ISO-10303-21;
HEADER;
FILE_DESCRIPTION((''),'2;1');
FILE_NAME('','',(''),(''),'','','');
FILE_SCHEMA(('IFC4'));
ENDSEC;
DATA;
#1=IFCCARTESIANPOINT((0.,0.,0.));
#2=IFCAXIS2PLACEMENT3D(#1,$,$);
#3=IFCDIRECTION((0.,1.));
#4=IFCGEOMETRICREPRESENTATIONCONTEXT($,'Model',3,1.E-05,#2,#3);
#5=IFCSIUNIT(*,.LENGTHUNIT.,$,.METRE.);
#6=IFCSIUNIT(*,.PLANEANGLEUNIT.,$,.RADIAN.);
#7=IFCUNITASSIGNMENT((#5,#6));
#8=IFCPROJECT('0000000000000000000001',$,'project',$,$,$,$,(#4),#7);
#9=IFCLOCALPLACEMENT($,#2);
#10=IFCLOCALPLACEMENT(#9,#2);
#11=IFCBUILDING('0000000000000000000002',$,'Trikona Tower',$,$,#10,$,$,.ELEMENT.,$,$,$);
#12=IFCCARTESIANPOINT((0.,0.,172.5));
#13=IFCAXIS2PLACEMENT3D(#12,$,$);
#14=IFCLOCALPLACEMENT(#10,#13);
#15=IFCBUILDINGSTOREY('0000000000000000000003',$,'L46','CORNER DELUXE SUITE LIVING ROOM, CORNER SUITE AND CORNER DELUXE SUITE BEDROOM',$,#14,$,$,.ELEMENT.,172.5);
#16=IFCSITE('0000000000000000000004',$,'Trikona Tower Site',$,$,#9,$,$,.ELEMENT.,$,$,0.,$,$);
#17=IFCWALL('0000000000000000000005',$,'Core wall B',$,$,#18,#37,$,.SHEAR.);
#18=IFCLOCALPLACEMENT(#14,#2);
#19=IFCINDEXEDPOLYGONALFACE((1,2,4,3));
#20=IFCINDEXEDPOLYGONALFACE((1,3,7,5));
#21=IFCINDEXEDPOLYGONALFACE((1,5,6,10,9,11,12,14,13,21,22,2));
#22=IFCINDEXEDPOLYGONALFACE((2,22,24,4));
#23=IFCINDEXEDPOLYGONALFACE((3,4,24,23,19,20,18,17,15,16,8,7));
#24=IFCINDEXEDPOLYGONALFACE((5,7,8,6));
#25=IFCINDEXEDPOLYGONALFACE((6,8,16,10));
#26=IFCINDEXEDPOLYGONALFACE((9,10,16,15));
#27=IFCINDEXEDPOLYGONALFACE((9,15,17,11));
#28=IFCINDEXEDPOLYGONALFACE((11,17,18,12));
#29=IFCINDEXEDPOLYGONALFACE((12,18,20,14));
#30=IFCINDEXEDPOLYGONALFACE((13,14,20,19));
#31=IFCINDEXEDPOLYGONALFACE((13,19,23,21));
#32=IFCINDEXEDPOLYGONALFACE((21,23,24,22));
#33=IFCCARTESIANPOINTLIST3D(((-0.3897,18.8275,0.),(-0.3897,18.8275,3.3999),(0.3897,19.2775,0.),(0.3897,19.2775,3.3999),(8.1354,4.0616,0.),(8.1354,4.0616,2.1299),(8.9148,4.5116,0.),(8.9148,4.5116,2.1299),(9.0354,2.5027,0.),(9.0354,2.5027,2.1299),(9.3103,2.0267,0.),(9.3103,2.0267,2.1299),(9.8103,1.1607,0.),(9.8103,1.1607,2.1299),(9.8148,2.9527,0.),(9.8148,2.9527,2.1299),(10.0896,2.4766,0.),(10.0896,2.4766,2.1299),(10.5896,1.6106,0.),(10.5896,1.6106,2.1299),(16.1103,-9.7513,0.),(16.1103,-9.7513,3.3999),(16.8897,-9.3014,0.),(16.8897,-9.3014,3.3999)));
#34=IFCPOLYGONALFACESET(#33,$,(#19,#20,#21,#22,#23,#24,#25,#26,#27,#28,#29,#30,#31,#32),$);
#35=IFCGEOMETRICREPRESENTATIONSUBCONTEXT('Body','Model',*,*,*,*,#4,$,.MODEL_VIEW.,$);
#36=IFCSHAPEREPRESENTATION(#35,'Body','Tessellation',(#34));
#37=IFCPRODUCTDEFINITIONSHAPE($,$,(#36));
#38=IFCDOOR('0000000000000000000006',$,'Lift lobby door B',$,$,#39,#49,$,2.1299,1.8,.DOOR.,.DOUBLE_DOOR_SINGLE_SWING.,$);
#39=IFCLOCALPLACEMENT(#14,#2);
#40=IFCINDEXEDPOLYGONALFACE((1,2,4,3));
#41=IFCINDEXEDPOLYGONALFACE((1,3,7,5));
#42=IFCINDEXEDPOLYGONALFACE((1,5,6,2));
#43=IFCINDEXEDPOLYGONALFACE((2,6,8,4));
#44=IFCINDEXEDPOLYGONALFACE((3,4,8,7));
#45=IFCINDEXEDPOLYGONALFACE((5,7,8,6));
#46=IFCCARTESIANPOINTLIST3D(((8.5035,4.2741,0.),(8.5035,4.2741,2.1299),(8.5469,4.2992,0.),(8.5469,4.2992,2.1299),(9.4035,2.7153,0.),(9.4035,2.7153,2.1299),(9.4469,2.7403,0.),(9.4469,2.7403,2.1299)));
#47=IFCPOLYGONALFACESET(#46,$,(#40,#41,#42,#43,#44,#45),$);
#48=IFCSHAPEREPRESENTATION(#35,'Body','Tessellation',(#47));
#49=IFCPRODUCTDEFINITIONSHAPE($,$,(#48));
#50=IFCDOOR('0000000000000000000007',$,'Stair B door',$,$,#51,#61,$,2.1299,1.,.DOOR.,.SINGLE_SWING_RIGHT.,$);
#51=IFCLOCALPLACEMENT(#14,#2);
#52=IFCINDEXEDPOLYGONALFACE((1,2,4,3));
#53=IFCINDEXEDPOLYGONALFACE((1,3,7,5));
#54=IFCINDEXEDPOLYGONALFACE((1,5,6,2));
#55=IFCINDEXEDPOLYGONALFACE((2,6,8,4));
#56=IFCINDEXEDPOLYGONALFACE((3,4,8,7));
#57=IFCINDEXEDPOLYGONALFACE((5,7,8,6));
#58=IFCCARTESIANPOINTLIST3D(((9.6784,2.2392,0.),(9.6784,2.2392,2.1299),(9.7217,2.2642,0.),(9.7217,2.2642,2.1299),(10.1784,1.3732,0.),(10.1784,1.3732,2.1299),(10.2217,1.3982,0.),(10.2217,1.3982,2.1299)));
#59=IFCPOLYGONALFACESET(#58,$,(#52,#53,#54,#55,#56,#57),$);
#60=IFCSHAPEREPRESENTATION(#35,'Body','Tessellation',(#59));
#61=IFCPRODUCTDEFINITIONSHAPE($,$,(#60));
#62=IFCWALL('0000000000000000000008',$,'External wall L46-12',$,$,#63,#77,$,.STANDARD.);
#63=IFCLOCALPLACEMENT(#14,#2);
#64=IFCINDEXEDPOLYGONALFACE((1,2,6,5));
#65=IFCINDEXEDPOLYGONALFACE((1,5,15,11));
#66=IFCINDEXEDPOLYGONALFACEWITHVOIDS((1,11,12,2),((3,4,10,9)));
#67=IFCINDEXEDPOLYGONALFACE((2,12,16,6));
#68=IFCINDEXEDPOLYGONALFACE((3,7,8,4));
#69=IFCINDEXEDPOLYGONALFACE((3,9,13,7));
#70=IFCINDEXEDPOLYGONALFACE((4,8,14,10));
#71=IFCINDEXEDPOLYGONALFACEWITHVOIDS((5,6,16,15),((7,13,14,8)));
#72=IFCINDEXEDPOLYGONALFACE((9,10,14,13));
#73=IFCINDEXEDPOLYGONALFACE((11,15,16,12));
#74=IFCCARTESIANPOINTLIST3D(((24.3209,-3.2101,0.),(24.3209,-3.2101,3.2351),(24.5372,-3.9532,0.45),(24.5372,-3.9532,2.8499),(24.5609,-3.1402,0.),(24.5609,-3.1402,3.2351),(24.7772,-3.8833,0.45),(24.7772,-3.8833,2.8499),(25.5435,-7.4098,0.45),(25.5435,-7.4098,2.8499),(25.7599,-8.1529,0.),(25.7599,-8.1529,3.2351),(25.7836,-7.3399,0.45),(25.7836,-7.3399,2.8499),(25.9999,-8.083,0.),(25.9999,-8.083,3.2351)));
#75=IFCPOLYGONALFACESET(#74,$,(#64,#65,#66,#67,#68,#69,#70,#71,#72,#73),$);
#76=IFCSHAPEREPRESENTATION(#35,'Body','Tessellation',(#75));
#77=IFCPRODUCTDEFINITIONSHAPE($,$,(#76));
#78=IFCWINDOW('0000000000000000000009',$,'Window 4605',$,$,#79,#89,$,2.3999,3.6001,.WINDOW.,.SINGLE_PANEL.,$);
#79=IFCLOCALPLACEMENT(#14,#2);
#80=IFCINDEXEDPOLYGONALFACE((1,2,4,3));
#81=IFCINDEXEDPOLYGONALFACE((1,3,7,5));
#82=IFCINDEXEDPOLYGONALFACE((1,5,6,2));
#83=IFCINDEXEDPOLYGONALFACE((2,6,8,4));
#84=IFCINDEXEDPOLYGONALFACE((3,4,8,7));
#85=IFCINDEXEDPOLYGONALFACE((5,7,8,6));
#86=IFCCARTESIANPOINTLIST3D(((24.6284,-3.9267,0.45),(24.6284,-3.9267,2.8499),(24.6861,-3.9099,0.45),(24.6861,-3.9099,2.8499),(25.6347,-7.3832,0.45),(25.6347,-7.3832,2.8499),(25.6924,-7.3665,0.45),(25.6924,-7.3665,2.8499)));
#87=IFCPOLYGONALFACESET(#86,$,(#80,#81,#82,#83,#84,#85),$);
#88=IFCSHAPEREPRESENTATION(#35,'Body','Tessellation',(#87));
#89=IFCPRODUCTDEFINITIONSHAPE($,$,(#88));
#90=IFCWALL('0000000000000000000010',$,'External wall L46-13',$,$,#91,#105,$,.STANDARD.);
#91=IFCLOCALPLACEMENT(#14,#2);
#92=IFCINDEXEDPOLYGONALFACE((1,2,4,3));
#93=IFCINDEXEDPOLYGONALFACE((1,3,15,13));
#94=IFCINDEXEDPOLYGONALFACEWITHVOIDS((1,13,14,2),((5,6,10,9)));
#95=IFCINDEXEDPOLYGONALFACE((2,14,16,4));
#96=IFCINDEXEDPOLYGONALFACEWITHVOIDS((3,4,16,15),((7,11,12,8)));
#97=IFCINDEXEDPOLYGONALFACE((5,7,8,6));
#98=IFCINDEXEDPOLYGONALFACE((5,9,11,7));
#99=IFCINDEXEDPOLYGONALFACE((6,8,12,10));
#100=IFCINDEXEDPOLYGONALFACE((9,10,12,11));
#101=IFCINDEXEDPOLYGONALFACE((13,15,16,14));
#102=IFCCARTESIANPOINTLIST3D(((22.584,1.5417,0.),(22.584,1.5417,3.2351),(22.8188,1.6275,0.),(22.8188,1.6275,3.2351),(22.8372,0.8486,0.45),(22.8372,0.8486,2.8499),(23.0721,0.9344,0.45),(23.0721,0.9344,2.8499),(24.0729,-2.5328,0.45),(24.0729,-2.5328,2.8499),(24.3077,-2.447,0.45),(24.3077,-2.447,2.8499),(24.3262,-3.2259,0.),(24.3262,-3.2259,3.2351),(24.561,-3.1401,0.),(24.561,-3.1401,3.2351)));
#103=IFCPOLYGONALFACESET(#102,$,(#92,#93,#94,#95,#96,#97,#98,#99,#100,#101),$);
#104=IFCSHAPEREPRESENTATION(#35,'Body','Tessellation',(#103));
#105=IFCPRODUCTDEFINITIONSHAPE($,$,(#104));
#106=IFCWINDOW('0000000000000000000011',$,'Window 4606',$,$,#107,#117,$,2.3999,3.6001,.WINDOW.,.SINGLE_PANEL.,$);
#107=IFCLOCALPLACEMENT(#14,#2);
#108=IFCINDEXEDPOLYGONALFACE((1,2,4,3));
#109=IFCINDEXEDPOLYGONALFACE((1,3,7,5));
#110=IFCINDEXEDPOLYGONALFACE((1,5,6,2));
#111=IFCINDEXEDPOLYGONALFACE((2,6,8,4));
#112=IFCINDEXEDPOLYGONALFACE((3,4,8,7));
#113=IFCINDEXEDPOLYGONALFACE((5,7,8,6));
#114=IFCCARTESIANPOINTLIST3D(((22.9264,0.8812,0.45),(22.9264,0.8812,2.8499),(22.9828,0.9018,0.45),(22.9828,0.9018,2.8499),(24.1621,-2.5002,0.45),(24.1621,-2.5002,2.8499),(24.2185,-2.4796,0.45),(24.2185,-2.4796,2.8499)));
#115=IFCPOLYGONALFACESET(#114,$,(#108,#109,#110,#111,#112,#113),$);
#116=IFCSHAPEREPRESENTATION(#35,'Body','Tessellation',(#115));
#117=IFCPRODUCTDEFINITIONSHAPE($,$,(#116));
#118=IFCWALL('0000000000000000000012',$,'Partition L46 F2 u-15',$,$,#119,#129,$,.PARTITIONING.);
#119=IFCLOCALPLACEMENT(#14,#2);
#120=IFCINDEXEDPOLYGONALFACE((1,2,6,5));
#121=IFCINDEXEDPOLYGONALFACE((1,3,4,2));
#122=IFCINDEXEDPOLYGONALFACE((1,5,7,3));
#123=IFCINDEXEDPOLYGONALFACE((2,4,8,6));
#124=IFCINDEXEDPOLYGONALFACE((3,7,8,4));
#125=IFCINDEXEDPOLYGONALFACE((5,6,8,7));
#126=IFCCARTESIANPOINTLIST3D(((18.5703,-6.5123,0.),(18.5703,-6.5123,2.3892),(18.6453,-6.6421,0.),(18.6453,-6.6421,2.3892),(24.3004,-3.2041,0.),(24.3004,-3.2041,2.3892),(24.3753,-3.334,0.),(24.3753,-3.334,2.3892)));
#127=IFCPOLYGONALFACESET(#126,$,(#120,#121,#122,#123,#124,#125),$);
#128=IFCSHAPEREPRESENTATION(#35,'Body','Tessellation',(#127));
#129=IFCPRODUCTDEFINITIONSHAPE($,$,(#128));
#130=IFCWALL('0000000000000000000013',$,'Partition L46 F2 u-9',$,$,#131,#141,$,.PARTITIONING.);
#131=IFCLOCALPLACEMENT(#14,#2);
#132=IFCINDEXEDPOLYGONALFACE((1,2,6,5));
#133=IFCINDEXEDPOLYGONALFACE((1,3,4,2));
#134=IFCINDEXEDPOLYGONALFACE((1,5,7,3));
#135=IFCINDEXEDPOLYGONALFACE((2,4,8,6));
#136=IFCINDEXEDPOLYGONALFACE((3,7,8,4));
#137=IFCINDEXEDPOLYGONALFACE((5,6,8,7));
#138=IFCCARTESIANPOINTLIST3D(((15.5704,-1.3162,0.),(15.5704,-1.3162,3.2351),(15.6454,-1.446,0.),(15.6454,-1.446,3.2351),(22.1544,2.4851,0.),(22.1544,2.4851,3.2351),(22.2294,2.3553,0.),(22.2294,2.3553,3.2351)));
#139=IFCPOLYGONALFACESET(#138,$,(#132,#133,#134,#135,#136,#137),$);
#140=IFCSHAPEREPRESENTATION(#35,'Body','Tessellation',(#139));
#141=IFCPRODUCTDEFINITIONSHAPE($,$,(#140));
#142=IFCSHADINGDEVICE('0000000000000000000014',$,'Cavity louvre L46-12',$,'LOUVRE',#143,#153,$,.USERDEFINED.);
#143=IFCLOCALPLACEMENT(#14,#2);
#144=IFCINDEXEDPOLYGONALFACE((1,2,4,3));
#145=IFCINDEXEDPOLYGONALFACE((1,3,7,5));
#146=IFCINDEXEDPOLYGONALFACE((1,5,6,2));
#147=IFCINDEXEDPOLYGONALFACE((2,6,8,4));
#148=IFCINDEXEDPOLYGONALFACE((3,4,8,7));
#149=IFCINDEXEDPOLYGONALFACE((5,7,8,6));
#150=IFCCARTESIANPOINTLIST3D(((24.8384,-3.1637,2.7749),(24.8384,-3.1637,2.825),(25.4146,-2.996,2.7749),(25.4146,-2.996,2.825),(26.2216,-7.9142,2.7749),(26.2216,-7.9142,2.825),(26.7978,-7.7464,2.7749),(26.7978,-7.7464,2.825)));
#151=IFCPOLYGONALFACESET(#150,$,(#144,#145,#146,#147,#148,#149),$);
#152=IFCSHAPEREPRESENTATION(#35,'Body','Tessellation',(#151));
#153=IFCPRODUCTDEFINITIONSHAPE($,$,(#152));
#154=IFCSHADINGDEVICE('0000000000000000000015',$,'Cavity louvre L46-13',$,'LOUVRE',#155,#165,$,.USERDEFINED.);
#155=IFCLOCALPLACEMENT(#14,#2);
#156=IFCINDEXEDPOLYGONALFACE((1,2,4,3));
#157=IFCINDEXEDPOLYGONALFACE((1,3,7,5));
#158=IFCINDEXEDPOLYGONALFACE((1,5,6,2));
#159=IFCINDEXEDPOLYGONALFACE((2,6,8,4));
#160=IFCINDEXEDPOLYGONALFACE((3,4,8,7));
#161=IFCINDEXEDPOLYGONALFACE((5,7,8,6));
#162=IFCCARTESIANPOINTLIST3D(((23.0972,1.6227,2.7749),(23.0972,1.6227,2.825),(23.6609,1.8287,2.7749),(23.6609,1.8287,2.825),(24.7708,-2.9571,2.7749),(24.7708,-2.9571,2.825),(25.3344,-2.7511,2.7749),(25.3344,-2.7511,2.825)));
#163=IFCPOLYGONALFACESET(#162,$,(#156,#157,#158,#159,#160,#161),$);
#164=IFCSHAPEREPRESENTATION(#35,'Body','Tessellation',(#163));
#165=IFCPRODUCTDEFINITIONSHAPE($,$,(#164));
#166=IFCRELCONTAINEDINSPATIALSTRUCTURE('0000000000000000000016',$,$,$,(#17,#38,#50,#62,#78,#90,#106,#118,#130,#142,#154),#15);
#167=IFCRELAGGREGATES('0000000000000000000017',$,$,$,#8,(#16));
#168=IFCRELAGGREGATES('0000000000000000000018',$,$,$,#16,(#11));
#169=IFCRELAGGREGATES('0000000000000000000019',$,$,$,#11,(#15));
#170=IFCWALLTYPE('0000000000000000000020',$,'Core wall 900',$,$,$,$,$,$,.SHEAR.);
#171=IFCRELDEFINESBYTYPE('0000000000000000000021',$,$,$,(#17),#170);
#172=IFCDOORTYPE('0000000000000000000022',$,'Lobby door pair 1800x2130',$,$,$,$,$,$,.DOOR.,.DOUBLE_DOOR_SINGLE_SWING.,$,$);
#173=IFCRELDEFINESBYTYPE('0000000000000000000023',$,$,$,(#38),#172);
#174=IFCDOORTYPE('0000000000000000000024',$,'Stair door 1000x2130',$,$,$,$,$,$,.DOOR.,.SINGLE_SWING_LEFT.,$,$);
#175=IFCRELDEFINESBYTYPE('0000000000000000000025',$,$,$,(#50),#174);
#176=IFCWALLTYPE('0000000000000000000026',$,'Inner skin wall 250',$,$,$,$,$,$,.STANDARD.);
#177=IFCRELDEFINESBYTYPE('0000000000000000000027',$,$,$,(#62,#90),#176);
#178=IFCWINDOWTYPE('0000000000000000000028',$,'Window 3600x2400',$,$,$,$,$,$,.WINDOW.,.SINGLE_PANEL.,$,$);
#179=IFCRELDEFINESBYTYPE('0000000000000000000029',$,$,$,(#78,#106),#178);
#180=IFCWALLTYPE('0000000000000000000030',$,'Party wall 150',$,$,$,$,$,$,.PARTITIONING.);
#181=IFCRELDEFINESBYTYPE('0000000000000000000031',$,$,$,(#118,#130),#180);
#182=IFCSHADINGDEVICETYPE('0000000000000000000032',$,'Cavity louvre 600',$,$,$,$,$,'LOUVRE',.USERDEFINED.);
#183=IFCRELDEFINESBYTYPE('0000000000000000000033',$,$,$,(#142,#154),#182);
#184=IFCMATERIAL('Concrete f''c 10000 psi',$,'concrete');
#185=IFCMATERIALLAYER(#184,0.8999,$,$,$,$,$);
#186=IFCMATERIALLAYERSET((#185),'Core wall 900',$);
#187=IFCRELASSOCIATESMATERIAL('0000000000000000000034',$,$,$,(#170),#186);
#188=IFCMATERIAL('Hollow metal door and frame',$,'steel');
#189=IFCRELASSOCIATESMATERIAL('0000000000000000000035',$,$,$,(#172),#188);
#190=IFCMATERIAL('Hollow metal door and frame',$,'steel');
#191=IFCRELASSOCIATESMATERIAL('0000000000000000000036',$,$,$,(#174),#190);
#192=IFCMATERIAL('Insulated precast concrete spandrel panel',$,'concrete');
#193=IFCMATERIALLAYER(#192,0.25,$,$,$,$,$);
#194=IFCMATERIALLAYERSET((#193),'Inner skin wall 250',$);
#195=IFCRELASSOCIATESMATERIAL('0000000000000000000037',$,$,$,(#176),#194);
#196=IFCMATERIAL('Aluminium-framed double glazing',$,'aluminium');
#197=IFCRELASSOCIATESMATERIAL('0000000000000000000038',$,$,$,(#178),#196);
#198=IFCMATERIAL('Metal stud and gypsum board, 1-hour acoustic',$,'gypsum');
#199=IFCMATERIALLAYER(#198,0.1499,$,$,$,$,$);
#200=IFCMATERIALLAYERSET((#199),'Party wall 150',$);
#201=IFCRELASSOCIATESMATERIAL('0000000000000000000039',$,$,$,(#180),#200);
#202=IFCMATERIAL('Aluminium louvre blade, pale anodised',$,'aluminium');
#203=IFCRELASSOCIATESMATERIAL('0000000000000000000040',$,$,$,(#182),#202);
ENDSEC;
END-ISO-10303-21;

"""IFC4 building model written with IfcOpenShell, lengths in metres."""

from ifc_helpers import new_model, si_unit, direction, frame, frame_2d, origin, origin_2d, place, context, subcontext, project, spatial, rectangle, extrude, material, layer, layer_set, type_object, element, fill, save


model = new_model("IFC4")

# Units and contexts
model_context = context("Model", 3, precision=1e-05, world=origin(), true_north=direction((0.0, 1.0)))
body_context = subcontext(model_context, "Body", "Model", "MODEL_VIEW")
ifc_project = project(units=[si_unit("LENGTHUNIT", "METRE"), si_unit("PLANEANGLEUNIT", "RADIAN")], contexts=[model_context])

# Site, building, storey
site_placement = place(None, origin())
site = spatial("IfcSite", under=ifc_project, at=site_placement, Name="Trikona Tower Site", CompositionType="ELEMENT", RefElevation=0.0)
building_placement = place(site_placement, origin())
building = spatial("IfcBuilding", under=site, at=building_placement, Name="Trikona Tower", CompositionType="ELEMENT")
storey_placement = place(building_placement, frame((0.0, 0.0, 172.5)))
storey = spatial("IfcBuildingStorey", under=building, at=storey_placement, Name="L46", Description="CORNER DELUXE SUITE LIVING ROOM, CORNER SUITE AND CORNER DELUXE SUITE BEDROOM", CompositionType="ELEMENT", Elevation=172.5)

# Wall, openings, doors
ifc_material_1 = material(Name="Concrete f'c 10000 psi", Category="concrete")
ifc_layer_1 = layer(ifc_material_1, 0.8999)
ifc_layer_set_1 = layer_set([ifc_layer_1], Name="Core wall 900")
wall_type_1 = type_object("IfcWallType", Name="Core wall 900", PredefinedType="SHEAR", material=ifc_layer_set_1)
wall_1_placement = place(storey_placement, frame((16.5, -9.5264, 0.0), z_axis=(0.0, 0.0, 1.0), x_axis=(-0.5, 0.866026, 0.0)))
wall_1 = element("IfcWall", 1, at=wall_1_placement, inside=storey, type_object=wall_type_1, Name="Core wall B", PredefinedType="SHEAR", context=body_context, shape_type="SweptSolid", body=[
    extrude(rectangle(XDim=33.0, YDim=0.8999, at=frame_2d((16.5, 0.0))), origin(), (0.0, 0.0, 1.0), 3.3999),
])
opening_1_placement = place(wall_1_placement, frame((14.1499, 0.0, 0.0)))
opening_1 = element("IfcOpeningElement", 2, at=opening_1_placement, cuts=wall_1, PredefinedType="OPENING", context=body_context, shape_type="SweptSolid", body=[
    extrude(rectangle(XDim=1.8, YDim=2.1299, at=frame_2d((0.8999, 1.0649))), frame((0.0, 0.46, 0.0), z_axis=(0.0, -1.0, 0.0), x_axis=(1.0, 0.0, 0.0)), (0.0, 0.0, 1.0), 0.9199),
])
opening_2_placement = place(wall_1_placement, frame((12.6001, 0.0, 0.0)))
opening_2 = element("IfcOpeningElement", 3, at=opening_2_placement, cuts=wall_1, PredefinedType="OPENING", context=body_context, shape_type="SweptSolid", body=[
    extrude(rectangle(XDim=1.0, YDim=2.1299, at=frame_2d((0.5, 1.0649))), frame((0.0, 0.46, 0.0), z_axis=(0.0, -1.0, 0.0), x_axis=(1.0, 0.0, 0.0)), (0.0, 0.0, 1.0), 0.9199),
])
ifc_material_2 = material(Name="Hollow metal door and frame", Category="steel")
door_type_1 = type_object("IfcDoorType", Name="Lobby door pair 1800x2130", OperationType="DOUBLE_DOOR_SINGLE_SWING", PredefinedType="DOOR", material=ifc_material_2)
door_1_placement = place(opening_1_placement, origin())
door_1 = element("IfcDoor", 4, at=door_1_placement, inside=storey, type_object=door_type_1, Name="Lift lobby door B", OperationType="DOUBLE_DOOR_SINGLE_SWING", OverallHeight=2.1299, OverallWidth=1.8, PredefinedType="DOOR", context=body_context, shape_type="SweptSolid", body=[
    extrude(rectangle(XDim=1.8, YDim=2.1299, at=frame_2d((0.8999, 1.0649))), frame((0.0, 0.0249, 0.0), z_axis=(0.0, -1.0, 0.0), x_axis=(1.0, 0.0, 0.0)), (0.0, 0.0, 1.0), 0.05),
])
fill(opening_1, door_1)
ifc_material_3 = material(Name="Hollow metal door and frame", Category="steel")
door_type_2 = type_object("IfcDoorType", Name="Stair door 1000x2130", OperationType="SINGLE_SWING_LEFT", PredefinedType="DOOR", material=ifc_material_3)
door_2_placement = place(opening_2_placement, origin())
door_2 = element("IfcDoor", 5, at=door_2_placement, inside=storey, type_object=door_type_2, Name="Stair B door", OperationType="SINGLE_SWING_RIGHT", OverallHeight=2.1299, OverallWidth=1.0, PredefinedType="DOOR", context=body_context, shape_type="SweptSolid", body=[
    extrude(rectangle(XDim=1.0, YDim=2.1299, at=frame_2d((0.5, 1.0649))), frame((0.0, 0.0249, 0.0), z_axis=(0.0, -1.0, 0.0), x_axis=(1.0, 0.0, 0.0)), (0.0, 0.0, 1.0), 0.05),
])
fill(opening_2, door_2)

# Walls, openings, windows
ifc_material_4 = material(Name="Insulated precast concrete spandrel panel", Category="concrete")
ifc_layer_2 = layer(ifc_material_4, 0.25)
ifc_layer_set_2 = layer_set([ifc_layer_2], Name="Inner skin wall 250")
wall_type_2 = type_object("IfcWallType", Name="Inner skin wall 250", PredefinedType="STANDARD", material=ifc_layer_set_2)
wall_2_placement = place(storey_placement, frame((25.8799, -8.1179, 0.0), z_axis=(0.0, 0.0, 1.0), x_axis=(-0.279528, 0.960137, 0.0)))
wall_2 = element("IfcWall", 6, at=wall_2_placement, inside=storey, type_object=wall_type_2, Name="External wall L46-12", PredefinedType="STANDARD", context=body_context, shape_type="SweptSolid", body=[
    extrude(rectangle(XDim=5.1479, YDim=0.25, at=frame_2d((2.574, 0.0))), origin(), (0.0, 0.0, 1.0), 3.2351),
])
opening_3_placement = place(wall_2_placement, frame((0.7739, 0.0, 0.45)))
opening_3 = element("IfcOpeningElement", 7, at=opening_3_placement, cuts=wall_2, PredefinedType="OPENING", context=body_context, shape_type="SweptSolid", body=[
    extrude(rectangle(XDim=3.6001, YDim=2.3999, at=frame_2d((1.8, 1.2))), frame((0.0, 0.135, 0.0), z_axis=(0.0, -1.0, 0.0), x_axis=(1.0, 0.0, 0.0)), (0.0, 0.0, 1.0), 0.27),
])
ifc_material_5 = material(Name="Aluminium-framed double glazing", Category="aluminium")
window_type = type_object("IfcWindowType", Name="Window 3600x2400", PartitioningType="SINGLE_PANEL", PredefinedType="WINDOW", material=ifc_material_5)
window_1_placement = place(opening_3_placement, origin())
window_1 = element("IfcWindow", 8, at=window_1_placement, inside=storey, type_object=window_type, Name="Window 4605", OverallHeight=2.3999, OverallWidth=3.6001, PartitioningType="SINGLE_PANEL", PredefinedType="WINDOW", context=body_context, shape_type="SweptSolid", body=[
    extrude(rectangle(XDim=3.6001, YDim=2.3999, at=frame_2d((1.8, 1.2))), frame((0.0, 0.03, 0.0), z_axis=(0.0, -1.0, 0.0), x_axis=(1.0, 0.0, 0.0)), (0.0, 0.0, 1.0), 0.0601),
])
fill(opening_3, window_1)
wall_3_placement = place(storey_placement, frame((24.4436, -3.1831, 0.0), z_axis=(0.0, 0.0, 1.0), x_axis=(-0.343226, 0.939253, 0.0)))
wall_3 = element("IfcWall", 9, at=wall_3_placement, inside=storey, type_object=wall_type_2, Name="External wall L46-13", PredefinedType="STANDARD", context=body_context, shape_type="SweptSolid", body=[
    extrude(rectangle(XDim=5.0759, YDim=0.25, at=frame_2d((2.5381, 0.0))), origin(), (0.0, 0.0, 1.0), 3.2351),
])
opening_4_placement = place(wall_3_placement, frame((0.738, 0.0, 0.45)))
opening_4 = element("IfcOpeningElement", 10, at=opening_4_placement, cuts=wall_3, PredefinedType="OPENING", context=body_context, shape_type="SweptSolid", body=[
    extrude(rectangle(XDim=3.6001, YDim=2.3999, at=frame_2d((1.8, 1.2))), frame((0.0, 0.135, 0.0), z_axis=(0.0, -1.0, 0.0), x_axis=(1.0, 0.0, 0.0)), (0.0, 0.0, 1.0), 0.27),
])
window_2_placement = place(opening_4_placement, origin())
window_2 = element("IfcWindow", 11, at=window_2_placement, inside=storey, type_object=window_type, Name="Window 4606", OverallHeight=2.3999, OverallWidth=3.6001, PartitioningType="SINGLE_PANEL", PredefinedType="WINDOW", context=body_context, shape_type="SweptSolid", body=[
    extrude(rectangle(XDim=3.6001, YDim=2.3999, at=frame_2d((1.8, 1.2))), frame((0.0, 0.03, 0.0), z_axis=(0.0, -1.0, 0.0), x_axis=(1.0, 0.0, 0.0)), (0.0, 0.0, 1.0), 0.0601),
])
fill(opening_4, window_2)

# Walls
ifc_material_6 = material(Name="Metal stud and gypsum board, 1-hour acoustic", Category="gypsum")
ifc_layer_3 = layer(ifc_material_6, 0.1499)
ifc_layer_set_3 = layer_set([ifc_layer_3], Name="Party wall 150")
wall_type_3 = type_object("IfcWallType", Name="Party wall 150", PredefinedType="PARTITIONING", material=ifc_layer_set_3)
wall_4_placement = place(storey_placement, frame((18.6079, -6.5771, 0.0), z_axis=(0.0, 0.0, 1.0), x_axis=(0.866032, 0.499989, 0.0)))
element("IfcWall", 12, at=wall_4_placement, inside=storey, type_object=wall_type_3, Name="Partition L46 F2 u-15", PredefinedType="PARTITIONING", context=body_context, shape_type="SweptSolid", body=[
    extrude(rectangle(XDim=6.6165, YDim=0.1499, at=frame_2d((3.3081, 0.0))), origin(), (0.0, 0.0, 1.0), 2.3892),
])
wall_5_placement = place(storey_placement, frame((15.6079, -1.3811, 0.0), z_axis=(0.0, 0.0, 1.0), x_axis=(0.866025, 0.5, 0.0)))
element("IfcWall", 13, at=wall_5_placement, inside=storey, type_object=wall_type_3, Name="Partition L46 F2 u-9", PredefinedType="PARTITIONING", context=body_context, shape_type="SweptSolid", body=[
    extrude(rectangle(XDim=7.6025, YDim=0.1499, at=frame_2d((3.8013, 0.0))), origin(), (0.0, 0.0, 1.0), 3.2351),
])

# Shading devices
ifc_material_7 = material(Name="Aluminium louvre blade, pale anodised", Category="aluminium")
shading_device_type = type_object("IfcShadingDeviceType", Name="Cavity louvre 600", ElementType="LOUVRE", PredefinedType="USERDEFINED", material=ifc_material_7)
shading_device_1_placement = place(storey_placement, frame((25.8181, -5.4551, 2.7749), z_axis=(0.0, 0.0, 1.0), x_axis=(-0.279554, 0.96013, 0.0)))
element("IfcShadingDevice", 14, at=shading_device_1_placement, inside=storey, type_object=shading_device_type, Name="Cavity louvre L46-12", ObjectType="LOUVRE", PredefinedType="USERDEFINED", context=body_context, shape_type="SweptSolid", body=[
    extrude(rectangle(XDim=4.9478, YDim=0.6001, at=origin_2d()), origin(), (0.0, 0.0, 1.0), 0.05),
])
shading_device_2_placement = place(storey_placement, frame((24.2158, -0.5642, 2.7749), z_axis=(0.0, 0.0, 1.0), x_axis=(-0.34322, 0.939255, 0.0)))
element("IfcShadingDevice", 15, at=shading_device_2_placement, inside=storey, type_object=shading_device_type, Name="Cavity louvre L46-13", ObjectType="LOUVRE", PredefinedType="USERDEFINED", context=body_context, shape_type="SweptSolid", body=[
    extrude(rectangle(XDim=4.876, YDim=0.6001, at=origin_2d()), origin(), (0.0, 0.0, 1.0), 0.05),
])

save(model, "model.ifc")
